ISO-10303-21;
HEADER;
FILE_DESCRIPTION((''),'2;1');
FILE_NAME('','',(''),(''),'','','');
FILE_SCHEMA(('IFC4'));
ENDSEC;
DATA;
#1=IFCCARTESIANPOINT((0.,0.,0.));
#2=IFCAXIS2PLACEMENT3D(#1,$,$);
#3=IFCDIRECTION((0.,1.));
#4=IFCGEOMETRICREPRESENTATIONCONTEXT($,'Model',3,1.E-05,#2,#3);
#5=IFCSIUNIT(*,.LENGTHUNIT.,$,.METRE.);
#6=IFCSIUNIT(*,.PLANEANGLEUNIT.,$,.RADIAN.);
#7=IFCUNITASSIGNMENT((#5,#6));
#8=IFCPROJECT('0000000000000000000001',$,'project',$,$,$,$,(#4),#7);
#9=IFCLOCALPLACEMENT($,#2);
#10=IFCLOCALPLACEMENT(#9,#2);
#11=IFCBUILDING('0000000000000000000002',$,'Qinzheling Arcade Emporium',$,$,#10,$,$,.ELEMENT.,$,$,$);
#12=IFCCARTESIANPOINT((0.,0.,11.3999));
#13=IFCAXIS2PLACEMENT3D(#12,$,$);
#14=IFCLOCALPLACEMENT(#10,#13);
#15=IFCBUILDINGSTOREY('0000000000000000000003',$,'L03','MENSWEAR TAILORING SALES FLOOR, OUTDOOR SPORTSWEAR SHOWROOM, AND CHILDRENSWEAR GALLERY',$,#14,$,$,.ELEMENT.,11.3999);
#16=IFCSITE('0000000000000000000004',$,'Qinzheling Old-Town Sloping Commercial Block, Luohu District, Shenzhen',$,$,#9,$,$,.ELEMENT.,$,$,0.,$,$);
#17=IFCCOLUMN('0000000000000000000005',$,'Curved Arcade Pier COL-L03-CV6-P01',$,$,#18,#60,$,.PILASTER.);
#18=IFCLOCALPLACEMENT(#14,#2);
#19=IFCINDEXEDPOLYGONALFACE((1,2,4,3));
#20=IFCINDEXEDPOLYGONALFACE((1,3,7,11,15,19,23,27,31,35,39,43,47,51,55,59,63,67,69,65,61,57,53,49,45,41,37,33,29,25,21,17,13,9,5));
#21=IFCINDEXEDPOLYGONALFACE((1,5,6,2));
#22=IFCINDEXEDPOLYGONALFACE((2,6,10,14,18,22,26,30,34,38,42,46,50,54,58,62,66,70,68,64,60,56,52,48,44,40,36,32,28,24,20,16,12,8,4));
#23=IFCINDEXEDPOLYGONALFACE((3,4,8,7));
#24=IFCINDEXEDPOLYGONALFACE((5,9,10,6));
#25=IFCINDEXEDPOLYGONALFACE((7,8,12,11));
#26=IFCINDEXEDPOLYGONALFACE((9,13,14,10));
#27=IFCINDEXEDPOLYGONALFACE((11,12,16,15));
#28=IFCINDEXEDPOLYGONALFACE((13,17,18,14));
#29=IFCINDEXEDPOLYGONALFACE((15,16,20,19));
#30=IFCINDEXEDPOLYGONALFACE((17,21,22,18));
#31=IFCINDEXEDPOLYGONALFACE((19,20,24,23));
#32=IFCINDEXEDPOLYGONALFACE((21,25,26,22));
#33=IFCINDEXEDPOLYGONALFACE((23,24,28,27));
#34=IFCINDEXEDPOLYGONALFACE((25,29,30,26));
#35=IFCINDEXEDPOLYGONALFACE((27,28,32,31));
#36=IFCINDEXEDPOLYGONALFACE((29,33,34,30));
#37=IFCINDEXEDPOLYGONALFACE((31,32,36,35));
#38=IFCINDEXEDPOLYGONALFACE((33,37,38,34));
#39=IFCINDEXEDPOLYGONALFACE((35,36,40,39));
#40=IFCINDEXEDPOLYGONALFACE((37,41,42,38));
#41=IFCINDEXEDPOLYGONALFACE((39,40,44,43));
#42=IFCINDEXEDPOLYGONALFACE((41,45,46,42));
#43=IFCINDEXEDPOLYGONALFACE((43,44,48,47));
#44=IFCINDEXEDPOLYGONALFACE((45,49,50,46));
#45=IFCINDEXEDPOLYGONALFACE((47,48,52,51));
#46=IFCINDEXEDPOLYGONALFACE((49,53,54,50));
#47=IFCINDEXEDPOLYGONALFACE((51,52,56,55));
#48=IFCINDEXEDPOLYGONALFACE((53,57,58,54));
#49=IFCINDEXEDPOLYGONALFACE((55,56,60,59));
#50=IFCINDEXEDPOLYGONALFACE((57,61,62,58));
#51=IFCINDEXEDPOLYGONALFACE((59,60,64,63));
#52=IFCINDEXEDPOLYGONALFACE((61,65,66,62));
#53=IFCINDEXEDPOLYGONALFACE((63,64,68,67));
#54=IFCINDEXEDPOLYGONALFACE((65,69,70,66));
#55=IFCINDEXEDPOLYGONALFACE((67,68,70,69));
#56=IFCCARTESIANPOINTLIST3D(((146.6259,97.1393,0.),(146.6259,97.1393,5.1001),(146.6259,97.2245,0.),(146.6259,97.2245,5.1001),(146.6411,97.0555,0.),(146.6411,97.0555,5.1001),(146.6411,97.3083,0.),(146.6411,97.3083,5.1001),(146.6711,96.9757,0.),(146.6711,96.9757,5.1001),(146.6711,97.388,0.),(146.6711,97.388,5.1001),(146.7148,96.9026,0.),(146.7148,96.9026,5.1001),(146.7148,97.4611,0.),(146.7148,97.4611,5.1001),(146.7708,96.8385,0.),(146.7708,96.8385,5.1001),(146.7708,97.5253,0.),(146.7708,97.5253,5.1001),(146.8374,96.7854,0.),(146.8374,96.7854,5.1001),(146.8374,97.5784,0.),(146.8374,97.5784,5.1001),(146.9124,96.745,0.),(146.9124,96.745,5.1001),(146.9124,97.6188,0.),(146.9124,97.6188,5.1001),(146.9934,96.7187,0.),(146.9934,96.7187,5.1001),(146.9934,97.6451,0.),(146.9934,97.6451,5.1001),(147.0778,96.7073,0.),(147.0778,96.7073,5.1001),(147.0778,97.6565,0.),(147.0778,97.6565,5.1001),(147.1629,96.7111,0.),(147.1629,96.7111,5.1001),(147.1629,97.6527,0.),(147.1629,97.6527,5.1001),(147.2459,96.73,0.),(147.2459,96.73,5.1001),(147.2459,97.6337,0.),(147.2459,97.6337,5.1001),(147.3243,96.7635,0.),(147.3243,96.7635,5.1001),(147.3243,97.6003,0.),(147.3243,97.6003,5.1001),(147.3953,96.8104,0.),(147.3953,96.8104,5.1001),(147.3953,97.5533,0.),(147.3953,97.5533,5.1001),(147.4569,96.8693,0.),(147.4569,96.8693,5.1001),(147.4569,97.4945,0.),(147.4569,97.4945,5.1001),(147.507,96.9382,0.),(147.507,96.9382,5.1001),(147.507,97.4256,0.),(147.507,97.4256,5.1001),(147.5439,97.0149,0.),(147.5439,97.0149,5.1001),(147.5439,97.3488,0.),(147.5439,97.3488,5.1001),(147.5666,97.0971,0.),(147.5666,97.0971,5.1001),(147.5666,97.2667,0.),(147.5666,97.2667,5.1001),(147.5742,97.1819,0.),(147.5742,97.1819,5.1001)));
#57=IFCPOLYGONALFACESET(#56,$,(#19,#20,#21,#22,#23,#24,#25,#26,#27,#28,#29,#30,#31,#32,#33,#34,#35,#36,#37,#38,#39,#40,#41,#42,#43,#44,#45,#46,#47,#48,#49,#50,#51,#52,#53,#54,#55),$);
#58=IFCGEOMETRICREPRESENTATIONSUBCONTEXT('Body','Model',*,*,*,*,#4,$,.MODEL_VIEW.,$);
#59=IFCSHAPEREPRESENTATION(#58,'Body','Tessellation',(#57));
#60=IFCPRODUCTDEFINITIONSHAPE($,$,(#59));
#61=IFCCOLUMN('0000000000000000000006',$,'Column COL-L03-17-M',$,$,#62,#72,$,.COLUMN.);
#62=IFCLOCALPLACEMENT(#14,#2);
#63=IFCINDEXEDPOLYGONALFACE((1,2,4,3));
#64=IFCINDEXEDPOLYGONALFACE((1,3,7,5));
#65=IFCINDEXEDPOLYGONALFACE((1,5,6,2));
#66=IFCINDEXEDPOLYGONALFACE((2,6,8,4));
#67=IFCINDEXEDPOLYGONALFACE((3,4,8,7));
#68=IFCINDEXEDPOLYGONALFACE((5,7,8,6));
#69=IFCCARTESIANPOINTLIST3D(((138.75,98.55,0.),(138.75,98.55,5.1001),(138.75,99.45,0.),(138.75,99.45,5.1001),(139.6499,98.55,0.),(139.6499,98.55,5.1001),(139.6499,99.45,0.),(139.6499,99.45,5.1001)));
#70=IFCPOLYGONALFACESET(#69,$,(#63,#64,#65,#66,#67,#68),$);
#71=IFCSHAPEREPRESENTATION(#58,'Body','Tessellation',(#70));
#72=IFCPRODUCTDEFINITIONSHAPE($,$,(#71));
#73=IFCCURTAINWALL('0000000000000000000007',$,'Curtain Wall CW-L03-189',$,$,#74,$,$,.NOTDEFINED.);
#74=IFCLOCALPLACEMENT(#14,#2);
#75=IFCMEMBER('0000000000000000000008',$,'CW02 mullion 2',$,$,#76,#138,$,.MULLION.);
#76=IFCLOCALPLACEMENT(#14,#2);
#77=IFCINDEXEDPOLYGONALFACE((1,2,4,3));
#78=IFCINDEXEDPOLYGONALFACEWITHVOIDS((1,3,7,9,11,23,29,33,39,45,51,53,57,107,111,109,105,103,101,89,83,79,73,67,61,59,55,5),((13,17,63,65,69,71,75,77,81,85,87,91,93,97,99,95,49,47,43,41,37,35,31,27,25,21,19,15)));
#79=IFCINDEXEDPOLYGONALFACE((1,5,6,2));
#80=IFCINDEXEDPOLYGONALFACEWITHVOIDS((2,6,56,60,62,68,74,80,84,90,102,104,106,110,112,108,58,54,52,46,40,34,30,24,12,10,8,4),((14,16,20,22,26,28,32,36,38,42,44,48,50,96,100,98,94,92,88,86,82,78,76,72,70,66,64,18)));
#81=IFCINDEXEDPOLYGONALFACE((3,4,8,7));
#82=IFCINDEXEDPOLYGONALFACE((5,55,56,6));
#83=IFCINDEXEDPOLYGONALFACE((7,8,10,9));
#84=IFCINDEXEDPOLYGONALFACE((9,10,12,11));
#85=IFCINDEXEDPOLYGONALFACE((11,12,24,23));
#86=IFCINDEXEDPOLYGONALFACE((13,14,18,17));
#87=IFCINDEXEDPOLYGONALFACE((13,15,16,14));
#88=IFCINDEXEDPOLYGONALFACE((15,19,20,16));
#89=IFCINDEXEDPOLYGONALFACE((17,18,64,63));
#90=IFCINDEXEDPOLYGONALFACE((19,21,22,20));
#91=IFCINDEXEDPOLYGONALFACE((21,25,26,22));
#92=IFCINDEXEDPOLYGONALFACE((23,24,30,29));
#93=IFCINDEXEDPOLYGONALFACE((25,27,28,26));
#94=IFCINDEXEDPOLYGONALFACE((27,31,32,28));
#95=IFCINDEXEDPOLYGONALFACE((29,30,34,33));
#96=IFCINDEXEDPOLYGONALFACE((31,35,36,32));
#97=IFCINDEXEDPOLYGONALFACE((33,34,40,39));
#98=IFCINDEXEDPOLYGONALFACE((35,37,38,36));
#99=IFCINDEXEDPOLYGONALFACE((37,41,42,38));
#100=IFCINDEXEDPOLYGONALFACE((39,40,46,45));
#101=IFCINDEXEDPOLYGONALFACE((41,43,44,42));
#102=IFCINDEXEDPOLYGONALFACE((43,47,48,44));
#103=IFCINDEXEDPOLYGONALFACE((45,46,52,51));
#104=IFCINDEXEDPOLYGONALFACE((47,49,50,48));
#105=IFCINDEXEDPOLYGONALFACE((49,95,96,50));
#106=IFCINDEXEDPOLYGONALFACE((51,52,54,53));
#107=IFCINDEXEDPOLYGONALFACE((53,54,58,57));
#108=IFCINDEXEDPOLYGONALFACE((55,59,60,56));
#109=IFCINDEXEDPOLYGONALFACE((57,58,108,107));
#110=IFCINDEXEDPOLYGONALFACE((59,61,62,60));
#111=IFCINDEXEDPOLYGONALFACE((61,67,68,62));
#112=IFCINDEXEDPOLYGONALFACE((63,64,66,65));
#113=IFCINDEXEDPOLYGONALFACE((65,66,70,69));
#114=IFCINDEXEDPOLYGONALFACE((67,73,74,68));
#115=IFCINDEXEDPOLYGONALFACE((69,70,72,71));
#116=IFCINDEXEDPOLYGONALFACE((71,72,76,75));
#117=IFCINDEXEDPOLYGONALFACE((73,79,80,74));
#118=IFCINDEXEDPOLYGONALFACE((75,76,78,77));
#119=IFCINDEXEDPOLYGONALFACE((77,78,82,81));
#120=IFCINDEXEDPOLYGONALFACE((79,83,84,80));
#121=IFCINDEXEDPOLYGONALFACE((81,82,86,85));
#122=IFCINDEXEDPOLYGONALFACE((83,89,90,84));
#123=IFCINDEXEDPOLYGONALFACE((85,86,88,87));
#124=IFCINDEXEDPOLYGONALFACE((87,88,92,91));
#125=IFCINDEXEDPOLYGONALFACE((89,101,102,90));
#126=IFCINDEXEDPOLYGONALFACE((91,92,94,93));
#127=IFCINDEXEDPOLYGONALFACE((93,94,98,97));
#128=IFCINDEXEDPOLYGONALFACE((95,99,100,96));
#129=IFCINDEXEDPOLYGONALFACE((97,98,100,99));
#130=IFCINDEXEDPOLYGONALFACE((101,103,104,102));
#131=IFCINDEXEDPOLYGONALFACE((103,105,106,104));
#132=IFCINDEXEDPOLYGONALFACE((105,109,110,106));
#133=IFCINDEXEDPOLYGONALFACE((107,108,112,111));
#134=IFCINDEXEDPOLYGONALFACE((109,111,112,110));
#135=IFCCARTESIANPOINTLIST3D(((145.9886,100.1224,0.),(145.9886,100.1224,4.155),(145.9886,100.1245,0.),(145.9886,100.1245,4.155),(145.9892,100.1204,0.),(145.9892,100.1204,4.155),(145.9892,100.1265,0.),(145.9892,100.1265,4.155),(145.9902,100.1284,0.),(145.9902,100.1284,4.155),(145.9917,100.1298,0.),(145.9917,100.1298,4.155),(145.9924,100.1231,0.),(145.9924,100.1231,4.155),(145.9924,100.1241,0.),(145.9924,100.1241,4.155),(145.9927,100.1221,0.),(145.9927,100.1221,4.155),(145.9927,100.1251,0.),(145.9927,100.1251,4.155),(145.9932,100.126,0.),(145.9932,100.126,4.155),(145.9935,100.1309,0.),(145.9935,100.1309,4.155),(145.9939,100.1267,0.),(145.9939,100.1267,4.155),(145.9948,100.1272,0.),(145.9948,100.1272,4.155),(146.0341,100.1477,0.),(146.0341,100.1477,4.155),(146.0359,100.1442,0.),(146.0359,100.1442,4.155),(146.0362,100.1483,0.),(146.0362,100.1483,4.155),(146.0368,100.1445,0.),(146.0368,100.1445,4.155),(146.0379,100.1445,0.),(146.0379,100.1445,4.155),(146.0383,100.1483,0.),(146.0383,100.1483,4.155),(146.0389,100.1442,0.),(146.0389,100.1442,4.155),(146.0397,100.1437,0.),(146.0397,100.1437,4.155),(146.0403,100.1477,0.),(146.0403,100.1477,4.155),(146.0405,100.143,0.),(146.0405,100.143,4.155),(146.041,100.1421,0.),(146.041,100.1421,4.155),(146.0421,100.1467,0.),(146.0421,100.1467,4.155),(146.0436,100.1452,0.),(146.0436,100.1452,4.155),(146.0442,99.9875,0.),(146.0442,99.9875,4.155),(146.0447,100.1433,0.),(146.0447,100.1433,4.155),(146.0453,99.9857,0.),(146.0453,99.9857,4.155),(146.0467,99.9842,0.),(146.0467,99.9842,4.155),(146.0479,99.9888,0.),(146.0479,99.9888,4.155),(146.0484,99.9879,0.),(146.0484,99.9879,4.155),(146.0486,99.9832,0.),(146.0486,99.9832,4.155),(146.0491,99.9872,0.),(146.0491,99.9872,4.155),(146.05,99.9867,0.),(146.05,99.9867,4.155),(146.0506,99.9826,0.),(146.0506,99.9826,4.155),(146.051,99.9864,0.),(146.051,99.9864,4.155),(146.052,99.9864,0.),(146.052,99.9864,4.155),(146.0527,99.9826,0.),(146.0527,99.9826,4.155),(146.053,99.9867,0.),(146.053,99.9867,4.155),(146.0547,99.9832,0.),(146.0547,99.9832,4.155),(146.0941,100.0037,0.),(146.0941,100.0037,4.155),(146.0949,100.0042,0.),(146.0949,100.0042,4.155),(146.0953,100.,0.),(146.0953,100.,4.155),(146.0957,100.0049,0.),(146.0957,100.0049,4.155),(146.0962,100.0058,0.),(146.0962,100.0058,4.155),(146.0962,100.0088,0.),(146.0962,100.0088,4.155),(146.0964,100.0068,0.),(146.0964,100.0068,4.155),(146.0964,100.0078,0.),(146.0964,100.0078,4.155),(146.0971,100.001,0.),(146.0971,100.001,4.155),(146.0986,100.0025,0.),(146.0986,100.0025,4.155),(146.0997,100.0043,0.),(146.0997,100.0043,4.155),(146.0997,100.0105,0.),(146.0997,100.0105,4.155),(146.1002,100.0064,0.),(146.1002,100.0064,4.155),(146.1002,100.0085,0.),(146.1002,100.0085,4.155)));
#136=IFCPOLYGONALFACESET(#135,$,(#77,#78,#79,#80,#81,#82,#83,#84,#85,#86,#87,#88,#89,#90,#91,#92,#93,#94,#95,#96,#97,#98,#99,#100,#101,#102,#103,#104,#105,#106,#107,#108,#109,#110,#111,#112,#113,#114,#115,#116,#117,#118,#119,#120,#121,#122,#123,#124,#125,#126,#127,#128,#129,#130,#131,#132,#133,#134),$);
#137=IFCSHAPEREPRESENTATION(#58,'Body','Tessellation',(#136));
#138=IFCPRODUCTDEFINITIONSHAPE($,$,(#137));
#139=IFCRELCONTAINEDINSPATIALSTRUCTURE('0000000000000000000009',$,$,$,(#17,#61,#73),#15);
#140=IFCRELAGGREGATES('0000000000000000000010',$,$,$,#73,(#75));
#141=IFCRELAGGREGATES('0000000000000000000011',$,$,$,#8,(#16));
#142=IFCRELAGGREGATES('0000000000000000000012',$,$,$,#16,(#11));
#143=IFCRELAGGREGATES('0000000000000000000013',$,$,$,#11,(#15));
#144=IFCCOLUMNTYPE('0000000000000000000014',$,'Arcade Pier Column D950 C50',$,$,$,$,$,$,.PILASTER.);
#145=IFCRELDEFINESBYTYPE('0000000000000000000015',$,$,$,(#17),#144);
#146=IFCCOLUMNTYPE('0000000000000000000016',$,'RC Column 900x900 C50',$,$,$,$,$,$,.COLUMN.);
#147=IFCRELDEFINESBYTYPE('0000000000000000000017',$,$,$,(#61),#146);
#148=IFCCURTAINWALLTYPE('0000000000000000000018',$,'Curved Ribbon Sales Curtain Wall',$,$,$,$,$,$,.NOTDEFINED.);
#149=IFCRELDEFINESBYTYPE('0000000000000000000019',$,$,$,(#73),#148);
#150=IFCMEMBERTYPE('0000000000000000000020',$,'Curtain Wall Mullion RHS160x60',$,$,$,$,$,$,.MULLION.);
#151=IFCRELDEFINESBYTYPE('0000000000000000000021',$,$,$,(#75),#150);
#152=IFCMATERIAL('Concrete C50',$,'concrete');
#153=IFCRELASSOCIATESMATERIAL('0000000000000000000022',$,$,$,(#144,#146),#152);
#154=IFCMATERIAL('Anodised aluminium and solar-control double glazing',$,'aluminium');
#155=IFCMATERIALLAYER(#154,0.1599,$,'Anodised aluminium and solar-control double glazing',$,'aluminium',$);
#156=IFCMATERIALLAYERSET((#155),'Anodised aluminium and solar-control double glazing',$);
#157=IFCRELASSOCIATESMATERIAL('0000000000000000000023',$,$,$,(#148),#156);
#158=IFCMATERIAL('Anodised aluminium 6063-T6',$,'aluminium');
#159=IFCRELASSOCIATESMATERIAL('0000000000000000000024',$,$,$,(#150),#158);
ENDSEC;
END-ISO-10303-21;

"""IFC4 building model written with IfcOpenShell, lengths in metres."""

from ifc_helpers import new_model, si_unit, direction, frame, origin, origin_2d, place, context, subcontext, project, spatial, rectangle, hollow_rectangle, circle, extrude, material, layer, layer_set, material_profile, profile_set, type_object, element, aggregate, save


model = new_model("IFC4")

# Units and contexts
model_context = context("Model", 3, precision=1e-05, world=origin(), true_north=direction((0.0, 1.0)))
body_context = subcontext(model_context, "Body", "Model", "MODEL_VIEW")
ifc_project = project(units=[si_unit("LENGTHUNIT", "METRE"), si_unit("PLANEANGLEUNIT", "RADIAN")], contexts=[model_context])

# Site, building, storey
site_placement = place(None, origin())
site = spatial("IfcSite", under=ifc_project, at=site_placement, Name="Qinzheling Old-Town Sloping Commercial Block, Luohu District, Shenzhen", CompositionType="ELEMENT", RefElevation=0.0)
building_placement = place(site_placement, origin())
building = spatial("IfcBuilding", under=site, at=building_placement, Name="Qinzheling Arcade Emporium", CompositionType="ELEMENT")
storey_placement = place(building_placement, frame((0.0, 0.0, 11.3999)))
storey = spatial("IfcBuildingStorey", under=building, at=storey_placement, Name="L03", Description="MENSWEAR TAILORING SALES FLOOR, OUTDOOR SPORTSWEAR SHOWROOM, AND CHILDRENSWEAR GALLERY", CompositionType="ELEMENT", Elevation=11.3999)

# Columns
ifc_material_1 = material(Name="Concrete C50", Category="concrete")
ifc_material_profile_1 = material_profile(ifc_material_1, circle(Radius=0.4751, at=origin_2d()), Name="RC D950", Category="concrete")
ifc_profile_set_1 = profile_set([ifc_material_profile_1], Name="Concrete C50")
column_type_1 = type_object("IfcColumnType", Name="Arcade Pier Column D950 C50", PredefinedType="PILASTER", material=ifc_profile_set_1)
column_1_placement = place(storey_placement, frame((147.0991, 97.1819, 0.0), z_axis=(0.0, 0.0, 1.0), x_axis=(1.0, 0.0, 0.0)))
element("IfcColumn", 1, at=column_1_placement, inside=storey, type_object=column_type_1, Name="Curved Arcade Pier COL-L03-CV6-P01", PredefinedType="PILASTER", context=body_context, shape_type="SweptSolid", body=[
    extrude(circle(Radius=0.4751, at=origin_2d()), origin(), (0.0, 0.0, 1.0), 5.1001),
])
ifc_material_profile_2 = material_profile(ifc_material_1, rectangle(XDim=0.8999, YDim=0.8999, at=origin_2d()), Name="RC 900x900", Category="concrete")
ifc_profile_set_2 = profile_set([ifc_material_profile_2], Name="Concrete C50")
column_type_2 = type_object("IfcColumnType", Name="RC Column 900x900 C50", PredefinedType="COLUMN", material=ifc_profile_set_2)
column_2_placement = place(storey_placement, frame((139.2, 99.0, 0.0), z_axis=(0.0, 0.0, 1.0), x_axis=(1.0, 0.0, 0.0)))
element("IfcColumn", 2, at=column_2_placement, inside=storey, type_object=column_type_2, Name="Column COL-L03-17-M", PredefinedType="COLUMN", context=body_context, shape_type="SweptSolid", body=[
    extrude(rectangle(XDim=0.8999, YDim=0.8999, at=origin_2d()), origin(), (0.0, 0.0, 1.0), 5.1001),
])

# Curtain wall, member
ifc_material_2 = material(Name="Anodised aluminium and solar-control double glazing", Category="aluminium")
ifc_layer_1 = layer(ifc_material_2, 0.1599, Name="Anodised aluminium and solar-control double glazing", Category="aluminium")
ifc_layer_set_1 = layer_set([ifc_layer_1], Name="Anodised aluminium and solar-control double glazing")
curtain_wall_type = type_object("IfcCurtainWallType", Name="Curved Ribbon Sales Curtain Wall", PredefinedType="NOTDEFINED", material=ifc_layer_set_1)
curtain_wall_1_placement = place(storey_placement, origin())
curtain_wall_1 = element("IfcCurtainWall", 3, at=curtain_wall_1_placement, inside=storey, type_object=curtain_wall_type, Name="Curtain Wall CW-L03-189", PredefinedType="NOTDEFINED")
ifc_material_3 = material(Name="Anodised aluminium 6063-T6", Category="aluminium")
ifc_material_profile_3 = material_profile(ifc_material_3, hollow_rectangle(XDim=0.0601, YDim=0.1599, WallThickness=0.0039, InnerFilletRadius=0.0039, OuterFilletRadius=0.0081, at=origin_2d()), Name="RHS 160x60x4", Category="aluminium")
ifc_profile_set_3 = profile_set([ifc_material_profile_3], Name="Anodised aluminium 6063-T6")
member_type_1 = type_object("IfcMemberType", Name="Curtain Wall Mullion RHS160x60", PredefinedType="MULLION", material=ifc_profile_set_3)
member_1_placement = place(storey_placement, frame((146.0444, 100.0654, 0.0), z_axis=(0.0, 0.0, 1.0), x_axis=(0.923901, 0.382631, 0.0)))
member_1 = element("IfcMember", 4, at=member_1_placement, type_object=member_type_1, Name="CW02 mullion 2", PredefinedType="MULLION", context=body_context, shape_type="SweptSolid", body=[
    extrude(hollow_rectangle(XDim=0.0601, YDim=0.1599, WallThickness=0.0039, InnerFilletRadius=0.0039, OuterFilletRadius=0.0081, at=origin_2d()), origin(), (0.0, 0.0, 1.0), 4.155),
])

aggregate(curtain_wall_1, [member_1])

save(model, "model.ifc")
